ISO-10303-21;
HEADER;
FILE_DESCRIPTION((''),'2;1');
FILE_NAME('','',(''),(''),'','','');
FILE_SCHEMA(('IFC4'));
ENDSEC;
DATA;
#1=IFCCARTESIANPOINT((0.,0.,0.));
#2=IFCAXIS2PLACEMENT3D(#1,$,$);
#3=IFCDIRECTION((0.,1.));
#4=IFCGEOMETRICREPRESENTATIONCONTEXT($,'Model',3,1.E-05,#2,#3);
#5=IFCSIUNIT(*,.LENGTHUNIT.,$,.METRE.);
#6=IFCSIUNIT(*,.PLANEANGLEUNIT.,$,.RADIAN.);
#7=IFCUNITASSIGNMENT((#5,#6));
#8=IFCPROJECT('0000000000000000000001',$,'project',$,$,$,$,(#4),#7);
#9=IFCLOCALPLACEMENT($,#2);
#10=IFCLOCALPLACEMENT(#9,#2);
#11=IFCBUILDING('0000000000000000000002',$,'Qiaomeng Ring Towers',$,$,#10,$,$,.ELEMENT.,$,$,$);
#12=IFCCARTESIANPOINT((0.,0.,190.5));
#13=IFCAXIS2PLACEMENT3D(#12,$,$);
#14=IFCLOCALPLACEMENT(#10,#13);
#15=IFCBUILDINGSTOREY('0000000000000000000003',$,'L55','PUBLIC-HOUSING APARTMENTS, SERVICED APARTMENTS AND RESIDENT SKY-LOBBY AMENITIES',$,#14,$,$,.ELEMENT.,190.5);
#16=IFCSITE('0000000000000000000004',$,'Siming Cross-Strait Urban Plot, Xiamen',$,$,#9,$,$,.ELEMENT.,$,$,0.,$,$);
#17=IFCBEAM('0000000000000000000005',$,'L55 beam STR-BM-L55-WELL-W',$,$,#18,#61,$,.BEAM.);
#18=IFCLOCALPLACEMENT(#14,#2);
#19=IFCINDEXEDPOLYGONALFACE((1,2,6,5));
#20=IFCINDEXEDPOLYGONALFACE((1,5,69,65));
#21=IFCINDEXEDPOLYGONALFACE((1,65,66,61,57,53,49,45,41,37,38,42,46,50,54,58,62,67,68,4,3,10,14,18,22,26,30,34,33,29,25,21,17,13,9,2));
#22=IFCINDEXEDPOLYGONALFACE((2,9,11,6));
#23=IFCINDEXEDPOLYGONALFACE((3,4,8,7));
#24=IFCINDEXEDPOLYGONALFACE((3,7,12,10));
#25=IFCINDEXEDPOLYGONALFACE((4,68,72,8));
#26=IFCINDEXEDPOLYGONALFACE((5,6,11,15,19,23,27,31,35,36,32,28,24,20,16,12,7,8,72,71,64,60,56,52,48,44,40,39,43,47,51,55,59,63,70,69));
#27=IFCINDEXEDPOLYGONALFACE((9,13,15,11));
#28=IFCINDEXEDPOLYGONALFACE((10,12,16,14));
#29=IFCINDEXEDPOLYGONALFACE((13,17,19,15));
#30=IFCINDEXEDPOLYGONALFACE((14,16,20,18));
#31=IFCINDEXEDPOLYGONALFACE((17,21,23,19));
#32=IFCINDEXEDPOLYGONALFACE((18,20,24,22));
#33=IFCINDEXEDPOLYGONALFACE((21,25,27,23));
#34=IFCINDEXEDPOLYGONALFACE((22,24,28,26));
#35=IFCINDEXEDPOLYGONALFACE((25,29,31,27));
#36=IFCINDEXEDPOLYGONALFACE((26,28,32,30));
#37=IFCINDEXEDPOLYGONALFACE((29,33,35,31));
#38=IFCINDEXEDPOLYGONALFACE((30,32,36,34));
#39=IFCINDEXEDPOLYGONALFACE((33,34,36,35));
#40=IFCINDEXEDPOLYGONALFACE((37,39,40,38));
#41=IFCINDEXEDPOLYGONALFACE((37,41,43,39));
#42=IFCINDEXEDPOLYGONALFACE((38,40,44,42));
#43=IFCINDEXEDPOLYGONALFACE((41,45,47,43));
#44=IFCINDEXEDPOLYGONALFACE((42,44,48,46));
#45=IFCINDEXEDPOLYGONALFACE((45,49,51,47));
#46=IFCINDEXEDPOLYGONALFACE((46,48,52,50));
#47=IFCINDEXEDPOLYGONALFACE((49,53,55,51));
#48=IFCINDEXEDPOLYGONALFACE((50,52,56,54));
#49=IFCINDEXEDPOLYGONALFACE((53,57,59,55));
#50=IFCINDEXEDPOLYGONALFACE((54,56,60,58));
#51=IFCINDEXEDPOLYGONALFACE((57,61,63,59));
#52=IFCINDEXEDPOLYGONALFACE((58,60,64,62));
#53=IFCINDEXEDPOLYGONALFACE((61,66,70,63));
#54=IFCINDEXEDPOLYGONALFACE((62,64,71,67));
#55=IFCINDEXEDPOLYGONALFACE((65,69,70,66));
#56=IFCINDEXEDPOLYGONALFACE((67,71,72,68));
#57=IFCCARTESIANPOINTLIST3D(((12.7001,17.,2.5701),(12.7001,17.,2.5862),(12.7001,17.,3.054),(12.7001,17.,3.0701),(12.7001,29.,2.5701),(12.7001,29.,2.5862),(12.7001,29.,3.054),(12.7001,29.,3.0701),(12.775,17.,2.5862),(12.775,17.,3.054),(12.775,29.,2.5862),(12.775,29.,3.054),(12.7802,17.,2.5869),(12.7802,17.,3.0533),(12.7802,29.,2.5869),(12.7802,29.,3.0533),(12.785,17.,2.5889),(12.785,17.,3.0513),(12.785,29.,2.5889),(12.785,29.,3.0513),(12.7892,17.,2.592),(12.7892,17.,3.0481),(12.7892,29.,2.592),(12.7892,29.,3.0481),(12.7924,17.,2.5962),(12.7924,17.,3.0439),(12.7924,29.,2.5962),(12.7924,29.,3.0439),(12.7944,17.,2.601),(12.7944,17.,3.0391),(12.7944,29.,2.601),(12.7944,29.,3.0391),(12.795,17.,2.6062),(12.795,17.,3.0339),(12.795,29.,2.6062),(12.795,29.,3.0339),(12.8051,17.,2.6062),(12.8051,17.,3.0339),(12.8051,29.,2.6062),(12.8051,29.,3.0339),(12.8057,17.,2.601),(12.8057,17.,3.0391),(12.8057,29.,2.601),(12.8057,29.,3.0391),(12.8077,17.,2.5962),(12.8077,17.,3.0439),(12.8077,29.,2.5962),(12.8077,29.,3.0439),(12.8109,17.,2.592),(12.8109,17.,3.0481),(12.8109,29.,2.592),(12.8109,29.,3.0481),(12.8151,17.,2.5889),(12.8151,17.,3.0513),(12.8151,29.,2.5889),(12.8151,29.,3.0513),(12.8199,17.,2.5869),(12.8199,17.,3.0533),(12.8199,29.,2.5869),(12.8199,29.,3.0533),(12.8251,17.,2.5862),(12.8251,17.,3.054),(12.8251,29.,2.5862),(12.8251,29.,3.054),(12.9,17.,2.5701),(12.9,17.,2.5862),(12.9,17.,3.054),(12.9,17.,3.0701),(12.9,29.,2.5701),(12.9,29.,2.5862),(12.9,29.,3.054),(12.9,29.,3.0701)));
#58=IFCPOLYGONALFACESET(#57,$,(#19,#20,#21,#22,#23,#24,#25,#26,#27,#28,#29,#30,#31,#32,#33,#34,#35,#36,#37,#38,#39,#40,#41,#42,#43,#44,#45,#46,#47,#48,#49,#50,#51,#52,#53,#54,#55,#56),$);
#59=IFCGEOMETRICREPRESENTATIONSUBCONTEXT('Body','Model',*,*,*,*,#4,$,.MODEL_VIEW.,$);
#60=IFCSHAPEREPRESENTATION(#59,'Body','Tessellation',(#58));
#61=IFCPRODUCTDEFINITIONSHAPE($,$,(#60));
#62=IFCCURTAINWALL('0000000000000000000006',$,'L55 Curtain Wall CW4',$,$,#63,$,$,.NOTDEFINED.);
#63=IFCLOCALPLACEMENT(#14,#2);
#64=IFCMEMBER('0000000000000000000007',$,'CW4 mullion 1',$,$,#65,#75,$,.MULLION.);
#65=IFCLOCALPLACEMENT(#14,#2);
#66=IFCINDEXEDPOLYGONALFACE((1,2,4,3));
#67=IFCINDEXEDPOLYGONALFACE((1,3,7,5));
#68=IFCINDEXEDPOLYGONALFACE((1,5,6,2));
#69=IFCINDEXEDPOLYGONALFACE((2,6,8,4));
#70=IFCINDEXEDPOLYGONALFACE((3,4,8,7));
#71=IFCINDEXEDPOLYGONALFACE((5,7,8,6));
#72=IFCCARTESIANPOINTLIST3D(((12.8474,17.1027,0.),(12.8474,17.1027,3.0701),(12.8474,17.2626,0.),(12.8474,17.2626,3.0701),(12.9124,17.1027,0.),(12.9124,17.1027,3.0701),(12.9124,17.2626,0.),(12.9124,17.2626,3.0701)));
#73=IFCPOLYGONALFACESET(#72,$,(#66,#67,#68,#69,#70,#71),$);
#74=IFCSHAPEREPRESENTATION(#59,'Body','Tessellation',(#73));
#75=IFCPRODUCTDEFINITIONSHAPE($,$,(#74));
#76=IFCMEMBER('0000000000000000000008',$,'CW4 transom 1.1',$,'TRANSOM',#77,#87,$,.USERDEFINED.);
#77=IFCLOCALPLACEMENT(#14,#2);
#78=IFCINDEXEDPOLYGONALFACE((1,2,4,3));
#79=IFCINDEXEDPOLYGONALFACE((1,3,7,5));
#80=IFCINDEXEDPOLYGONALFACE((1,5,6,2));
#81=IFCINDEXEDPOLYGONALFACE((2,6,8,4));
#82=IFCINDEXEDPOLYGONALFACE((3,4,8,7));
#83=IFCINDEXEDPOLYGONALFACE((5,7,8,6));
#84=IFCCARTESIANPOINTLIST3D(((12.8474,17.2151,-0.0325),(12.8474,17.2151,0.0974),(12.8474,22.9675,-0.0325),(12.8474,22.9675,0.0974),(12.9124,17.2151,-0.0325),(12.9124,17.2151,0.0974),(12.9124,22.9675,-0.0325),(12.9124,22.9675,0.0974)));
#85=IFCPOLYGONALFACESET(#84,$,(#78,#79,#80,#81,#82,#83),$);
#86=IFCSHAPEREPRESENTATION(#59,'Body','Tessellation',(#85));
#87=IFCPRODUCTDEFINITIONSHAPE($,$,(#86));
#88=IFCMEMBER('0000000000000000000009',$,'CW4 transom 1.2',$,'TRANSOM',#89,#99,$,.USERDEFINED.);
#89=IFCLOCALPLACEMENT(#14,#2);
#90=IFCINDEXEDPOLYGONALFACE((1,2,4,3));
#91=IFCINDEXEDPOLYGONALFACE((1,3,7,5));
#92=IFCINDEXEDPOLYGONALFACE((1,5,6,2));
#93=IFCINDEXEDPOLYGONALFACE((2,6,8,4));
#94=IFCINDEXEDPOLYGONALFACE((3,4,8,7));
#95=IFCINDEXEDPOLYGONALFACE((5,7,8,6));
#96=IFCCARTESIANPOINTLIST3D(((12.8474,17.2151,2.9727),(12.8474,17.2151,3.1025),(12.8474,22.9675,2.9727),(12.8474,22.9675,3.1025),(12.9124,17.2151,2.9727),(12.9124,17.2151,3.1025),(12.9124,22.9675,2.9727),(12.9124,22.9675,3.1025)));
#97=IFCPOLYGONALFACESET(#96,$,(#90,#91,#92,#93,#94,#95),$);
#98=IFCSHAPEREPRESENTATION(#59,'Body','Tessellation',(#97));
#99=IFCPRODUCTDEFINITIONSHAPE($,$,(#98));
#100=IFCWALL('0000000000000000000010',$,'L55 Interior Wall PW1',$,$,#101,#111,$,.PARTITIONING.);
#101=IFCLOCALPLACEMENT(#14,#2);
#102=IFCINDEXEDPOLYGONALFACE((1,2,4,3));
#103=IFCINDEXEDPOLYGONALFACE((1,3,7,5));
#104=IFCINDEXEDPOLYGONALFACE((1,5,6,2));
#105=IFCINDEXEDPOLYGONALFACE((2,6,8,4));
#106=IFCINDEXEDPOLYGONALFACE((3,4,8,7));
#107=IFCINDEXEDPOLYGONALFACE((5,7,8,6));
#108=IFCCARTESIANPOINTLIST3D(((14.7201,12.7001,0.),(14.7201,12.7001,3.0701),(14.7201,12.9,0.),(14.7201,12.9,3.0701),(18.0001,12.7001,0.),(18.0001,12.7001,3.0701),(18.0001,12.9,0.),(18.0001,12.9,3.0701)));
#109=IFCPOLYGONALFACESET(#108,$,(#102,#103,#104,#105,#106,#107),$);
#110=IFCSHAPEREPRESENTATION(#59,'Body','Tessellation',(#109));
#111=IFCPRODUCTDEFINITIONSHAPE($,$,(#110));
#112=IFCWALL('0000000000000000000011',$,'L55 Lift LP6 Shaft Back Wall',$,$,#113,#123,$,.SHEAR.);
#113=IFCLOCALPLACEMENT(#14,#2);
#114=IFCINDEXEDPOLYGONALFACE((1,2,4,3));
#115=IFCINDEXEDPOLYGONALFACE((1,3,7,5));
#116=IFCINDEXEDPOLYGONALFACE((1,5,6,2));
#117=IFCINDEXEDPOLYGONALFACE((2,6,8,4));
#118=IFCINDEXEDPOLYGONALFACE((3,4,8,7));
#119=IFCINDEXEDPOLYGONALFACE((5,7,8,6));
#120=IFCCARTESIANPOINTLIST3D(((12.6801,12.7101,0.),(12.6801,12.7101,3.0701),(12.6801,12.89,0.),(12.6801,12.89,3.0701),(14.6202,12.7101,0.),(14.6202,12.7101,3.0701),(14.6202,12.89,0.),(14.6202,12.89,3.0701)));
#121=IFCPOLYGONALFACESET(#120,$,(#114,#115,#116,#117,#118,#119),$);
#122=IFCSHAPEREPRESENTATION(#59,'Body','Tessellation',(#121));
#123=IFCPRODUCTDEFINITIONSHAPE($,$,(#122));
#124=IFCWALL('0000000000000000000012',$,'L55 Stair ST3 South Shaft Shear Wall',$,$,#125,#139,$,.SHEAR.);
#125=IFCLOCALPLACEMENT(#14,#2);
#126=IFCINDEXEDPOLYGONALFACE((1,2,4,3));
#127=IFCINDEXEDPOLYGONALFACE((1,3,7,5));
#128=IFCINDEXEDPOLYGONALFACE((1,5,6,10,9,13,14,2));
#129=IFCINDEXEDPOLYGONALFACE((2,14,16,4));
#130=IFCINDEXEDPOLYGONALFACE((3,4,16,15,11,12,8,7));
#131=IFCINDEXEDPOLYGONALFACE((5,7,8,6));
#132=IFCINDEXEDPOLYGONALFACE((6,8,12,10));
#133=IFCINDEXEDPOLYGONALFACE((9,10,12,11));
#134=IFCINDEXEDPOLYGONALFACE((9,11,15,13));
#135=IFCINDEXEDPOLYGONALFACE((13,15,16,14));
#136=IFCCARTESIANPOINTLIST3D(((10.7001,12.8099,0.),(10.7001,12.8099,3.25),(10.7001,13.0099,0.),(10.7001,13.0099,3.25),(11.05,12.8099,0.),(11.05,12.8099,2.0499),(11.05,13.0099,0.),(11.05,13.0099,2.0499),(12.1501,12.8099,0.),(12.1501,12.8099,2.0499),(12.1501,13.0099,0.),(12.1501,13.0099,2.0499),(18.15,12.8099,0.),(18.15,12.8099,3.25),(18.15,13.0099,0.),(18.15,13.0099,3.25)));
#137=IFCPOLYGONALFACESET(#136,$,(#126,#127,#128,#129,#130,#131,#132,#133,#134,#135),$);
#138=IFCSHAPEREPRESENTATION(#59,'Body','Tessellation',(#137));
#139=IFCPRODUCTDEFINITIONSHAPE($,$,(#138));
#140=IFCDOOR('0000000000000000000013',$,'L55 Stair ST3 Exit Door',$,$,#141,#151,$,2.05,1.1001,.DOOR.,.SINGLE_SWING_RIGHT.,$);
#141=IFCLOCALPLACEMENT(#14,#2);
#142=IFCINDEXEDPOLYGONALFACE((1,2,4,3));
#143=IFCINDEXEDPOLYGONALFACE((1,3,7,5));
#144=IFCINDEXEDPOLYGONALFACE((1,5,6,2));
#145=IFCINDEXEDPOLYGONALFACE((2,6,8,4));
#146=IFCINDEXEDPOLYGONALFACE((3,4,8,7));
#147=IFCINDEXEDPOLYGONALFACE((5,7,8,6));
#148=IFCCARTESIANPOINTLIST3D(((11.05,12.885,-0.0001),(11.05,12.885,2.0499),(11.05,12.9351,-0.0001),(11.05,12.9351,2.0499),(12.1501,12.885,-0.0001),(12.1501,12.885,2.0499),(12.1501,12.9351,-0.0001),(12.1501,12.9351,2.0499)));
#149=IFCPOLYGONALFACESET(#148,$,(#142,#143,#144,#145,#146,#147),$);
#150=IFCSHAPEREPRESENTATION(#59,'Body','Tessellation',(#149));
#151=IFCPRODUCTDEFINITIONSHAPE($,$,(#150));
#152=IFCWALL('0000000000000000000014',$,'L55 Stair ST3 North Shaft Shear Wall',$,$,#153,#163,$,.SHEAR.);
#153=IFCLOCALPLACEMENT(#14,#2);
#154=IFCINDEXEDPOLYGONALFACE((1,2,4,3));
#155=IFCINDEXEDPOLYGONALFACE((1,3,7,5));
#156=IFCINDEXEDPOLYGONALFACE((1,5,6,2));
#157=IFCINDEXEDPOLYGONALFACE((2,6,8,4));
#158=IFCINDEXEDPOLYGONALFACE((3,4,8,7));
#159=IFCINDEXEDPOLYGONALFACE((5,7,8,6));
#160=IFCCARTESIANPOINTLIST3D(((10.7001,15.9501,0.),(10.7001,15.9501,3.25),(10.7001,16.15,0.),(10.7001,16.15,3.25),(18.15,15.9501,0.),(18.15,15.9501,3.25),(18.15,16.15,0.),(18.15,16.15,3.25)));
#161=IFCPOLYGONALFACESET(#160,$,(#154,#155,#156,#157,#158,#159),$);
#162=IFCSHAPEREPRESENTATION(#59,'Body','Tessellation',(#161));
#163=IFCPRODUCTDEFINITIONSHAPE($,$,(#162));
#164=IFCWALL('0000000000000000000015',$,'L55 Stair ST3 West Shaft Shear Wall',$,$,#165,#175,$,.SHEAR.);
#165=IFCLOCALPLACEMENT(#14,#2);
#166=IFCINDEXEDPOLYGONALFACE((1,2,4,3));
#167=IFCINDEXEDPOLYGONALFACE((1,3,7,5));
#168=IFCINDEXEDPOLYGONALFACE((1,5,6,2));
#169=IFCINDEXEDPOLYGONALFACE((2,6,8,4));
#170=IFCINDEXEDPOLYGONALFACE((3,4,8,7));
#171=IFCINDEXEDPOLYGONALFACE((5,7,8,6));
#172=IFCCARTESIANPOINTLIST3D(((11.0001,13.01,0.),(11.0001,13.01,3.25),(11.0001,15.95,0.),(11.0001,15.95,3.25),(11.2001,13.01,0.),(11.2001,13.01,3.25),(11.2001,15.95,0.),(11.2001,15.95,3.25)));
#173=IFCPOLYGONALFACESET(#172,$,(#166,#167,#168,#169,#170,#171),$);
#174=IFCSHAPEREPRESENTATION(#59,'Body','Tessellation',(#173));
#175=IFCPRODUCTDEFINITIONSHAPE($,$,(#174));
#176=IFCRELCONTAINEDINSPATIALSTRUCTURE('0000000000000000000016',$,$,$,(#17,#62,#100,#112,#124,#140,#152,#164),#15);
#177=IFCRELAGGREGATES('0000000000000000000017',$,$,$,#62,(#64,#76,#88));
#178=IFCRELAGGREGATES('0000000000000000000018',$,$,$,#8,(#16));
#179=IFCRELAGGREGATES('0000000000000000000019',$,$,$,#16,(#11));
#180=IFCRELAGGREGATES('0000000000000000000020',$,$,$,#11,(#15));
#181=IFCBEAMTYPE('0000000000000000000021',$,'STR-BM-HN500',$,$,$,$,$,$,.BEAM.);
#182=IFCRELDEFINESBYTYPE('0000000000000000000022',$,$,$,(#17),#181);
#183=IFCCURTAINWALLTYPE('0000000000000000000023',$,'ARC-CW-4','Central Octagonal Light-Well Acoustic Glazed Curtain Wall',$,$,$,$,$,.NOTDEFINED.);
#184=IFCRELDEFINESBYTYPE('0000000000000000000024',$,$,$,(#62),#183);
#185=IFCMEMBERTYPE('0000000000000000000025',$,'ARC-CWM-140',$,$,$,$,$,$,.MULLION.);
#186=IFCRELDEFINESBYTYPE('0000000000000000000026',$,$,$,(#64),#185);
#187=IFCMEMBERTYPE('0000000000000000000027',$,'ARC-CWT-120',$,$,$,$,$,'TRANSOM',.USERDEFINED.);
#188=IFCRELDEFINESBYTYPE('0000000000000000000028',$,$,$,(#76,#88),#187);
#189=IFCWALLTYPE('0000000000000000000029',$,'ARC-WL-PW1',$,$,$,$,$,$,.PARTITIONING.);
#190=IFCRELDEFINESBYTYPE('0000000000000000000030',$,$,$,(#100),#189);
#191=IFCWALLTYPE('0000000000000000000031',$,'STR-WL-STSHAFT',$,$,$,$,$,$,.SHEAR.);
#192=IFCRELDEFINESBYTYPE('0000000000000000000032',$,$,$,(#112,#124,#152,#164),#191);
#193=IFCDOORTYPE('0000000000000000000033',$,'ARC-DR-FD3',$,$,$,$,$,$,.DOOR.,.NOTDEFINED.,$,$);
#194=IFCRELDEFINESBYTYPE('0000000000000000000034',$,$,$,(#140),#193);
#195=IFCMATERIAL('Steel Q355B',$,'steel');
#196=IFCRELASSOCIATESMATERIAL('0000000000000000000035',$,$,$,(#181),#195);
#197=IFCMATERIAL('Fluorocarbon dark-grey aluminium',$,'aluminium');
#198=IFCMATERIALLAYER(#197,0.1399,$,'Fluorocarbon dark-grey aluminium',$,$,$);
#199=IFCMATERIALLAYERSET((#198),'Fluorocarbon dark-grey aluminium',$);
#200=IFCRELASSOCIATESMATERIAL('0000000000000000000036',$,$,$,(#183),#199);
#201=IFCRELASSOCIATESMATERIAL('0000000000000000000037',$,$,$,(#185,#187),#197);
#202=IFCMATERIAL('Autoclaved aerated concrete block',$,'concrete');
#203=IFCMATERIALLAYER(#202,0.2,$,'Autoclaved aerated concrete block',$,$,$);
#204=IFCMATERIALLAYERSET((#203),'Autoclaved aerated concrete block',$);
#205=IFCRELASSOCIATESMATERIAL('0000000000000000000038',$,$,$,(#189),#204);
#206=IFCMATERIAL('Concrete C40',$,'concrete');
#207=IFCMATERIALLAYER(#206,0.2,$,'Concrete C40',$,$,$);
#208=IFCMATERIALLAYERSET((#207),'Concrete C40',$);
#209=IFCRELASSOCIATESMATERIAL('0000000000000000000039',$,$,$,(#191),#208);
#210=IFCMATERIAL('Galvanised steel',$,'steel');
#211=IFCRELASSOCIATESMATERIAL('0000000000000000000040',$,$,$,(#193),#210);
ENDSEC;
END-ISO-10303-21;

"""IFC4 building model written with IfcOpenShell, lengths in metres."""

from ifc_helpers import new_model, si_unit, direction, frame, frame_2d, origin, origin_2d, place, context, subcontext, project, spatial, rectangle, i_section, extrude, source, transform, mapped, material, layer, layer_set, material_profile, profile_set, type_object, element, fill, aggregate, save


model = new_model("IFC4")

# Units and contexts
model_context = context("Model", 3, precision=1e-05, world=origin(), true_north=direction((0.0, 1.0)))
body_context = subcontext(model_context, "Body", "Model", "MODEL_VIEW")
ifc_project = project(units=[si_unit("LENGTHUNIT", "METRE"), si_unit("PLANEANGLEUNIT", "RADIAN")], contexts=[model_context])

# Site, building, storey
site_placement = place(None, origin())
site = spatial("IfcSite", under=ifc_project, at=site_placement, Name="Siming Cross-Strait Urban Plot, Xiamen", CompositionType="ELEMENT", RefElevation=0.0)
building_placement = place(site_placement, origin())
building = spatial("IfcBuilding", under=site, at=building_placement, Name="Qiaomeng Ring Towers", CompositionType="ELEMENT")
storey_placement = place(building_placement, frame((0.0, 0.0, 190.5)))
storey = spatial("IfcBuildingStorey", under=building, at=storey_placement, Name="L55", Description="PUBLIC-HOUSING APARTMENTS, SERVICED APARTMENTS AND RESIDENT SKY-LOBBY AMENITIES", CompositionType="ELEMENT", Elevation=190.5)

# Beam
ifc_material_1 = material(Name="Steel Q355B", Category="steel")
ifc_material_profile_1 = material_profile(ifc_material_1, i_section(OverallWidth=0.2, OverallDepth=0.5, WebThickness=0.01, FlangeThickness=0.0161, FilletRadius=0.02, at=origin_2d()), Name="HN 500x200x10x16")
ifc_profile_set_1 = profile_set([ifc_material_profile_1], Name="Steel Q355B")
beam_type = type_object("IfcBeamType", Name="STR-BM-HN500", PredefinedType="BEAM", material=ifc_profile_set_1)
shared_shape_1 = source(origin(), body_context, "Body", "SweptSolid", [
    extrude(i_section(OverallWidth=0.2, OverallDepth=0.5, WebThickness=0.01, FlangeThickness=0.0161, FilletRadius=0.02, at=origin_2d()), origin(), (0.0, 0.0, 1.0), 12.0),
])
beam_placement = place(storey_placement, frame((12.8, 17.0, 2.8201), z_axis=(0.0, 1.0, 0.0), x_axis=(-1.0, 0.0, 0.0)))
element("IfcBeam", 1, at=beam_placement, inside=storey, type_object=beam_type, Name="L55 beam STR-BM-L55-WELL-W", PredefinedType="BEAM", context=body_context, shape_type="MappedRepresentation", body=[
    mapped(shared_shape_1, transform((0.0, 0.0, 0.0), x_axis=(1.0, 0.0, 0.0), y_axis=(0.0, 1.0, 0.0), z_axis=(0.0, 0.0, 1.0), scale=1.0)),
])

# Curtain wall, members
ifc_material_2 = material(Name="Fluorocarbon dark-grey aluminium", Category="aluminium")
ifc_layer_1 = layer(ifc_material_2, 0.1399, Name="Fluorocarbon dark-grey aluminium")
ifc_layer_set_1 = layer_set([ifc_layer_1], Name="Fluorocarbon dark-grey aluminium")
curtain_wall_type = type_object("IfcCurtainWallType", Name="ARC-CW-4", Description="Central Octagonal Light-Well Acoustic Glazed Curtain Wall", PredefinedType="NOTDEFINED", material=ifc_layer_set_1)
curtain_wall_placement = place(storey_placement, origin())
curtain_wall = element("IfcCurtainWall", 2, at=curtain_wall_placement, inside=storey, type_object=curtain_wall_type, Name="L55 Curtain Wall CW4", PredefinedType="NOTDEFINED")
ifc_material_profile_2 = material_profile(ifc_material_2, rectangle(XDim=0.0649, YDim=0.1599, at=origin_2d()), Name="ALU MULL 65x160")
ifc_profile_set_2 = profile_set([ifc_material_profile_2], Name="Fluorocarbon dark-grey aluminium")
member_type_1 = type_object("IfcMemberType", Name="ARC-CWM-140", PredefinedType="MULLION", material=ifc_profile_set_2)
shared_shape_2 = source(origin(), body_context, "Body", "SweptSolid", [
    extrude(rectangle(XDim=0.0649, YDim=0.1599, at=origin_2d()), origin(), (0.0, 0.0, 1.0), 3.0701),
])
member_1_placement = place(storey_placement, frame((12.8799, 17.1826, 0.0), z_axis=(0.0, 0.0, 1.0), x_axis=(-1.0, 0.0, 0.0)))
member_1 = element("IfcMember", 3, at=member_1_placement, type_object=member_type_1, Name="CW4 mullion 1", PredefinedType="MULLION", context=body_context, shape_type="MappedRepresentation", body=[
    mapped(shared_shape_2, transform((0.0, 0.0, 0.0), x_axis=(1.0, 0.0, 0.0), y_axis=(0.0, 1.0, 0.0), z_axis=(0.0, 0.0, 1.0), scale=1.0)),
])
ifc_material_profile_3 = material_profile(ifc_material_2, rectangle(XDim=0.0649, YDim=0.1299, at=origin_2d()), Name="ALU TRAN 65x130")
ifc_profile_set_3 = profile_set([ifc_material_profile_3], Name="Fluorocarbon dark-grey aluminium")
member_type_2 = type_object("IfcMemberType", Name="ARC-CWT-120", ElementType="TRANSOM", PredefinedType="USERDEFINED", material=ifc_profile_set_3)
shared_shape_3 = source(origin(), body_context, "Body", "SweptSolid", [
    extrude(rectangle(XDim=0.0649, YDim=0.1299, at=origin_2d()), origin(), (0.0, 0.0, 1.0), 5.7524),
])
member_2_placement = place(storey_placement, frame((12.8799, 17.2151, 0.0325), z_axis=(0.0, 1.0, 0.0), x_axis=(-1.0, 0.0, 0.0)))
member_2 = element("IfcMember", 4, at=member_2_placement, type_object=member_type_2, Name="CW4 transom 1.1", ObjectType="TRANSOM", PredefinedType="USERDEFINED", context=body_context, shape_type="MappedRepresentation", body=[
    mapped(shared_shape_3, transform((0.0, 0.0, 0.0), x_axis=(1.0, 0.0, 0.0), y_axis=(0.0, 1.0, 0.0), z_axis=(0.0, 0.0, 1.0), scale=1.0)),
])
member_3_placement = place(storey_placement, frame((12.8799, 17.2151, 3.0376), z_axis=(0.0, 1.0, 0.0), x_axis=(-1.0, 0.0, 0.0)))
member_3 = element("IfcMember", 5, at=member_3_placement, type_object=member_type_2, Name="CW4 transom 1.2", ObjectType="TRANSOM", PredefinedType="USERDEFINED", context=body_context, shape_type="MappedRepresentation", body=[
    mapped(shared_shape_3, transform((0.0, 0.0, 0.0), x_axis=(1.0, 0.0, 0.0), y_axis=(0.0, 1.0, 0.0), z_axis=(0.0, 0.0, 1.0), scale=1.0)),
])
aggregate(curtain_wall, [member_1, member_2, member_3])

# Walls
ifc_material_3 = material(Name="Autoclaved aerated concrete block", Category="concrete")
ifc_layer_2 = layer(ifc_material_3, 0.2, Name="Autoclaved aerated concrete block")
ifc_layer_set_2 = layer_set([ifc_layer_2], Name="Autoclaved aerated concrete block")
wall_type_1 = type_object("IfcWallType", Name="ARC-WL-PW1", PredefinedType="PARTITIONING", material=ifc_layer_set_2)
wall_1_placement = place(storey_placement, frame((14.72, 12.8, 0.0), z_axis=(0.0, 0.0, 1.0), x_axis=(1.0, 0.0, 0.0)))
element("IfcWall", 6, at=wall_1_placement, inside=storey, type_object=wall_type_1, Name="L55 Interior Wall PW1", PredefinedType="PARTITIONING", context=body_context, shape_type="SweptSolid", body=[
    extrude(rectangle(XDim=3.28, YDim=0.2, at=frame_2d((1.6401, 0.0))), origin(), (0.0, 0.0, 1.0), 3.0701),
])
ifc_material_4 = material(Name="Concrete C40", Category="concrete")
ifc_layer_3 = layer(ifc_material_4, 0.2, Name="Concrete C40")
ifc_layer_set_3 = layer_set([ifc_layer_3], Name="Concrete C40")
wall_type_2 = type_object("IfcWallType", Name="STR-WL-STSHAFT", PredefinedType="SHEAR", material=ifc_layer_set_3)
wall_2_placement = place(storey_placement, frame((12.6799, 12.8, 0.0), z_axis=(0.0, 0.0, 1.0), x_axis=(1.0, 0.0, 0.0)))
element("IfcWall", 7, at=wall_2_placement, inside=storey, type_object=wall_type_2, Name="L55 Lift LP6 Shaft Back Wall", PredefinedType="SHEAR", context=body_context, shape_type="SweptSolid", body=[
    extrude(rectangle(XDim=1.9402, YDim=0.1799, at=frame_2d((0.9702, 0.0))), origin(), (0.0, 0.0, 1.0), 3.0701),
])

# Wall, opening, door
wall_3_placement = place(storey_placement, frame((10.7, 12.9099, 0.0), z_axis=(0.0, 0.0, 1.0), x_axis=(1.0, 0.0, 0.0)))
wall_3 = element("IfcWall", 8, at=wall_3_placement, inside=storey, type_object=wall_type_2, Name="L55 Stair ST3 South Shaft Shear Wall", PredefinedType="SHEAR", context=body_context, shape_type="SweptSolid", body=[
    extrude(rectangle(XDim=7.45, YDim=0.2, at=frame_2d((3.7251, 0.0))), origin(), (0.0, 0.0, 1.0), 3.25),
])
opening_placement = place(wall_3_placement, frame((0.3501, 0.0, 0.0)))
opening = element("IfcOpeningElement", 9, at=opening_placement, cuts=wall_3, PredefinedType="OPENING", context=body_context, shape_type="SweptSolid", body=[
    extrude(rectangle(XDim=1.1001, YDim=2.05, at=frame_2d((0.55, 1.0249))), frame((0.0, 0.1099, 0.0), z_axis=(0.0, -1.0, 0.0), x_axis=(1.0, 0.0, 0.0)), (0.0, 0.0, 1.0), 0.22),
])
ifc_material_5 = material(Name="Galvanised steel", Category="steel")
door_type = type_object("IfcDoorType", Name="ARC-DR-FD3", OperationType="NOTDEFINED", PredefinedType="DOOR", material=ifc_material_5)
shared_shape_4 = source(origin(), body_context, "Body", "SweptSolid", [
    extrude(rectangle(XDim=1.1001, YDim=2.05, at=frame_2d((0.55, 1.0249))), frame((0.0, 0.0249, 0.0), z_axis=(0.0, -1.0, 0.0), x_axis=(1.0, 0.0, 0.0)), (0.0, 0.0, 1.0), 0.05),
])
door_placement = place(opening_placement, frame((1.1001, 0.0, 0.0), z_axis=(0.0, 0.0, 1.0), x_axis=(-1.0, 0.0, 0.0)))
door = element("IfcDoor", 10, at=door_placement, inside=storey, type_object=door_type, Name="L55 Stair ST3 Exit Door", OperationType="SINGLE_SWING_RIGHT", OverallHeight=2.05, OverallWidth=1.1001, PredefinedType="DOOR", context=body_context, shape_type="MappedRepresentation", body=[
    mapped(shared_shape_4, transform((0.0, 0.0, 0.0), x_axis=(1.0, 0.0, 0.0), y_axis=(0.0, 1.0, 0.0), z_axis=(0.0, 0.0, 1.0), scale=1.0)),
])
fill(opening, door)

# Walls
wall_4_placement = place(storey_placement, frame((10.7, 16.05, 0.0), z_axis=(0.0, 0.0, 1.0), x_axis=(1.0, 0.0, 0.0)))
element("IfcWall", 11, at=wall_4_placement, inside=storey, type_object=wall_type_2, Name="L55 Stair ST3 North Shaft Shear Wall", PredefinedType="SHEAR", context=body_context, shape_type="SweptSolid", body=[
    extrude(rectangle(XDim=7.45, YDim=0.2, at=frame_2d((3.7251, 0.0))), origin(), (0.0, 0.0, 1.0), 3.25),
])
wall_5_placement = place(storey_placement, frame((11.1001, 13.01, 0.0), z_axis=(0.0, 0.0, 1.0), x_axis=(0.0, 1.0, 0.0)))
element("IfcWall", 12, at=wall_5_placement, inside=storey, type_object=wall_type_2, Name="L55 Stair ST3 West Shaft Shear Wall", PredefinedType="SHEAR", context=body_context, shape_type="SweptSolid", body=[
    extrude(rectangle(XDim=2.9399, YDim=0.2, at=frame_2d((1.47, 0.0))), origin(), (0.0, 0.0, 1.0), 3.25),
])

save(model, "model.ifc")
